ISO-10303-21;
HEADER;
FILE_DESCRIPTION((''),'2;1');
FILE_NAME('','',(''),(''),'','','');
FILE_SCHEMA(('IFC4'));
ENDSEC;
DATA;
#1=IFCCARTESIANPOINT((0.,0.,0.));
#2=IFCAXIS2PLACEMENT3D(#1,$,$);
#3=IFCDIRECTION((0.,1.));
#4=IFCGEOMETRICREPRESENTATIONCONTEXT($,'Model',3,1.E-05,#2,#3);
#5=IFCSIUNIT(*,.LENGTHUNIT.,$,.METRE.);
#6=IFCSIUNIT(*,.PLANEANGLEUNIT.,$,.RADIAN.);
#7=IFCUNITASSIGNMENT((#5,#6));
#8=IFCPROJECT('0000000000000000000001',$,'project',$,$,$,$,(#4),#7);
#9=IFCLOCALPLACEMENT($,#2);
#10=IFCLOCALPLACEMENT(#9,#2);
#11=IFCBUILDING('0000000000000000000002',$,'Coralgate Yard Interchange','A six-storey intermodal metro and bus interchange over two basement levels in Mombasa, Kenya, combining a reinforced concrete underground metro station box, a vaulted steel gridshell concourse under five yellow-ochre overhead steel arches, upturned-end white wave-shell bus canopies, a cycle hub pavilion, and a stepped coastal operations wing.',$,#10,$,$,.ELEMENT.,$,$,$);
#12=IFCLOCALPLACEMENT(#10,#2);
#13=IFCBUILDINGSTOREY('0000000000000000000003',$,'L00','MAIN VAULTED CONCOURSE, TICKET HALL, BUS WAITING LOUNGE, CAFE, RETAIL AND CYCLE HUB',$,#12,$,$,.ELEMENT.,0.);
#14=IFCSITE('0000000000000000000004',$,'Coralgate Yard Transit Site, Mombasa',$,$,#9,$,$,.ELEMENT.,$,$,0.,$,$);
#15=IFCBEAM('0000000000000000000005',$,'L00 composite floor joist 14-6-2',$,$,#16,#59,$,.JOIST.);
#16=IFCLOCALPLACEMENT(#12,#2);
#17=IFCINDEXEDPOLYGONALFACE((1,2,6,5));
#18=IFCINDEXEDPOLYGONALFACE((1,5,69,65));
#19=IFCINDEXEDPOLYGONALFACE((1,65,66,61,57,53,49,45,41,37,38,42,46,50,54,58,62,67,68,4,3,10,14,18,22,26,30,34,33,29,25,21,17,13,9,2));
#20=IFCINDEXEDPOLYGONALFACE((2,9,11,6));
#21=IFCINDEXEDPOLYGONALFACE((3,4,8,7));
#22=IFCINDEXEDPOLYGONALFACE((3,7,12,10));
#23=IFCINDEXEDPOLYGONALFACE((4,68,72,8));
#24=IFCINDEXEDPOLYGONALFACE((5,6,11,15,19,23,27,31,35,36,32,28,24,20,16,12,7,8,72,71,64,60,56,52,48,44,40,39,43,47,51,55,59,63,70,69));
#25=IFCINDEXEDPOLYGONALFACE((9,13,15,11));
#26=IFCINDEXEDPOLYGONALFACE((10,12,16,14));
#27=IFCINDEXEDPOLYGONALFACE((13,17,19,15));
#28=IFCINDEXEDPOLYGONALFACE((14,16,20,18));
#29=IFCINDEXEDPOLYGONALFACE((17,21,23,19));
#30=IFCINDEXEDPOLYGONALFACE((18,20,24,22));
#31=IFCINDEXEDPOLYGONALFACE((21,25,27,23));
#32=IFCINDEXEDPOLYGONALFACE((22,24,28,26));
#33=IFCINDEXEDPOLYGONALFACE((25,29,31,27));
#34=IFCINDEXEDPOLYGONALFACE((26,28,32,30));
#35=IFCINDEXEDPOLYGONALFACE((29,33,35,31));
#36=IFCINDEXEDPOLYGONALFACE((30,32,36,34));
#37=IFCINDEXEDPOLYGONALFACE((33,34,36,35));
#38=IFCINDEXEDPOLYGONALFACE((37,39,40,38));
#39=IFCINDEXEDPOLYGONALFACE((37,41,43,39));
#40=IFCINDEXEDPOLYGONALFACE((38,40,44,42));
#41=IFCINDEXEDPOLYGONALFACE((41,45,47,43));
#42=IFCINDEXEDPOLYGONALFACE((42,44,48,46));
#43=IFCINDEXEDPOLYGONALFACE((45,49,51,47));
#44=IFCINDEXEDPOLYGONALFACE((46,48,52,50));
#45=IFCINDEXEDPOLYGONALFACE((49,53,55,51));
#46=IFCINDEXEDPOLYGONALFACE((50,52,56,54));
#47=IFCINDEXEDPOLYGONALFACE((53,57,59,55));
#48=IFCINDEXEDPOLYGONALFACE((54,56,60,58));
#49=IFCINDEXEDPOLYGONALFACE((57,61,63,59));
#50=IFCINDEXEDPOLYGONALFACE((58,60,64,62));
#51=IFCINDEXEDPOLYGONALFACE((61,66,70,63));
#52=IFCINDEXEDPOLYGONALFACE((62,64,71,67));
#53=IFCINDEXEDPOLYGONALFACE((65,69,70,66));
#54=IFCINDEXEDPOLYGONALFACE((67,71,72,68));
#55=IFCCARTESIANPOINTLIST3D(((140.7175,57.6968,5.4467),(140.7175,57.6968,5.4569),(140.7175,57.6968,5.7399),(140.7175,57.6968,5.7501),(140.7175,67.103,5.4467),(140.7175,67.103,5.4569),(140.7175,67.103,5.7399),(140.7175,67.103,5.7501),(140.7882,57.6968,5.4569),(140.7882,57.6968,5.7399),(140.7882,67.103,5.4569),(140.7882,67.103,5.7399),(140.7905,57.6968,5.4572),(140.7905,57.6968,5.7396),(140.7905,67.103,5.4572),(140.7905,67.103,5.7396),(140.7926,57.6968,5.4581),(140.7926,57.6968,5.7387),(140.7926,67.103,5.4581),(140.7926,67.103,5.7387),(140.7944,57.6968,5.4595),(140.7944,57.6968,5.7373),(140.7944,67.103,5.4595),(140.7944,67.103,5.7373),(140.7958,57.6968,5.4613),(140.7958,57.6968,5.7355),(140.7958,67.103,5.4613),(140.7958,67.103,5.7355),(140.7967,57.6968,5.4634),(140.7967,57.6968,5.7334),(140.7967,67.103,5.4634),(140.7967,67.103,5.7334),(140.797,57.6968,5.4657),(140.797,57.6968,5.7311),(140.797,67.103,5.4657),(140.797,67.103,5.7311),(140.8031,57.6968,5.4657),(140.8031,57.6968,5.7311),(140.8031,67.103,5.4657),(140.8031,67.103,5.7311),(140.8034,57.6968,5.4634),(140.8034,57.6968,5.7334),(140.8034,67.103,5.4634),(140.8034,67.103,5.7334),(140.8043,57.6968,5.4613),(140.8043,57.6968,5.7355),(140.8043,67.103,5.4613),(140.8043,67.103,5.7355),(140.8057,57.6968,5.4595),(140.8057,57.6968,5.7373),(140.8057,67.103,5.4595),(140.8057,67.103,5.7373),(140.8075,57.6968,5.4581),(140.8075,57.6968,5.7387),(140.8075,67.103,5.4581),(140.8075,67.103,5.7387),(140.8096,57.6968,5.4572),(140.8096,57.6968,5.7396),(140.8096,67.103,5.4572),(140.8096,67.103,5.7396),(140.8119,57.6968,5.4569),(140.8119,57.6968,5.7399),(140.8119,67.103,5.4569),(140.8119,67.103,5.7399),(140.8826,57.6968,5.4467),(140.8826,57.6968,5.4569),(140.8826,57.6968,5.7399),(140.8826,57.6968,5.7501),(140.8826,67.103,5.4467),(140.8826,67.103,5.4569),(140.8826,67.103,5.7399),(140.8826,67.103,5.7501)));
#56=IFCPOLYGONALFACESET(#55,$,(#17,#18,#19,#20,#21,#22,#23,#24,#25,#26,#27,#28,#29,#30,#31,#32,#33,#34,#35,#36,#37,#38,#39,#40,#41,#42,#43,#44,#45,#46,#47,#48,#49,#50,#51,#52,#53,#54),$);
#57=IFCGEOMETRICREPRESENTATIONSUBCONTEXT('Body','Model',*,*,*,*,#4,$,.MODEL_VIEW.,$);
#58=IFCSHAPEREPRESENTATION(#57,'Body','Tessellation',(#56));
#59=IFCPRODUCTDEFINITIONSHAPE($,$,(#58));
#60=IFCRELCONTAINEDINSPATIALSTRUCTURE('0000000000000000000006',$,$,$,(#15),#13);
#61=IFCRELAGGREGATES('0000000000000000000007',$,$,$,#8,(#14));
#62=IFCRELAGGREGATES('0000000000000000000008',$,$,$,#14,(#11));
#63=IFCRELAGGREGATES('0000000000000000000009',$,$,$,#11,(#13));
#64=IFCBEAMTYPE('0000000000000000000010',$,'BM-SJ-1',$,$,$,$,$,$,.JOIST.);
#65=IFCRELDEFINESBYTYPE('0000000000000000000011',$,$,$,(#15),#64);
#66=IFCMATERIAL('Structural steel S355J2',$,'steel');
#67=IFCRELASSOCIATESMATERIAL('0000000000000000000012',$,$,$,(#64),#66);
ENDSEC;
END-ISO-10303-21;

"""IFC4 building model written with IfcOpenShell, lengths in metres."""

from ifc_helpers import new_model, si_unit, direction, frame, origin, origin_2d, place, context, subcontext, project, spatial, i_section, extrude, material, material_profile, profile_set, type_object, element, save


model = new_model("IFC4")

# Units and contexts
model_context = context("Model", 3, precision=1e-05, world=origin(), true_north=direction((0.0, 1.0)))
body_context = subcontext(model_context, "Body", "Model", "MODEL_VIEW")
ifc_project = project(units=[si_unit("LENGTHUNIT", "METRE"), si_unit("PLANEANGLEUNIT", "RADIAN")], contexts=[model_context])

# Site, building, storey
site_placement = place(None, origin())
site = spatial("IfcSite", under=ifc_project, at=site_placement, Name="Coralgate Yard Transit Site, Mombasa", CompositionType="ELEMENT", RefElevation=0.0)
building_placement = place(site_placement, origin())
building = spatial("IfcBuilding", under=site, at=building_placement, Name="Coralgate Yard Interchange", Description="A six-storey intermodal metro and bus interchange over two basement levels in Mombasa, Kenya, combining a reinforced concrete underground metro station box, a vaulted steel gridshell concourse under five yellow-ochre overhead steel arches, upturned-end white wave-shell bus canopies, a cycle hub pavilion, and a stepped coastal operations wing.", CompositionType="ELEMENT")
storey_placement = place(building_placement, origin())
storey = spatial("IfcBuildingStorey", under=building, at=storey_placement, Name="L00", Description="MAIN VAULTED CONCOURSE, TICKET HALL, BUS WAITING LOUNGE, CAFE, RETAIL AND CYCLE HUB", CompositionType="ELEMENT", Elevation=0.0)

# Shared definitions
ifc_material = material(Name="Structural steel S355J2", Category="steel")

# Beam
ifc_material_profile_1 = material_profile(ifc_material, i_section(OverallWidth=0.165, OverallDepth=0.3035, WebThickness=0.0061, FlangeThickness=0.0103, FilletRadius=0.0088, at=origin_2d()), Name="UB 305x165x40")
ifc_profile_set_1 = profile_set([ifc_material_profile_1], Name="Structural steel S355J2")
beam_type_1 = type_object("IfcBeamType", Name="BM-SJ-1", PredefinedType="JOIST", material=ifc_profile_set_1)
for number, where, z_axis, x_axis, name in (
    (1, (140.8, 57.6968, 5.5984), (0.0, 1.0, 0.0), (-1.0, 0.0, 0.0), "L00 composite floor joist 14-6-2"),
):
    element("IfcBeam", number, at=place(storey_placement, frame(where, z_axis=z_axis, x_axis=x_axis)), inside=storey, type_object=beam_type_1, Name=name, PredefinedType="JOIST", context=body_context, shape_type="SweptSolid", body=[
        extrude(i_section(OverallWidth=0.165, OverallDepth=0.3035, WebThickness=0.0061, FlangeThickness=0.0103, FilletRadius=0.0088, at=origin_2d()), origin(), (0.0, 0.0, 1.0), 9.4062),
    ])

save(model, "model.ifc")
